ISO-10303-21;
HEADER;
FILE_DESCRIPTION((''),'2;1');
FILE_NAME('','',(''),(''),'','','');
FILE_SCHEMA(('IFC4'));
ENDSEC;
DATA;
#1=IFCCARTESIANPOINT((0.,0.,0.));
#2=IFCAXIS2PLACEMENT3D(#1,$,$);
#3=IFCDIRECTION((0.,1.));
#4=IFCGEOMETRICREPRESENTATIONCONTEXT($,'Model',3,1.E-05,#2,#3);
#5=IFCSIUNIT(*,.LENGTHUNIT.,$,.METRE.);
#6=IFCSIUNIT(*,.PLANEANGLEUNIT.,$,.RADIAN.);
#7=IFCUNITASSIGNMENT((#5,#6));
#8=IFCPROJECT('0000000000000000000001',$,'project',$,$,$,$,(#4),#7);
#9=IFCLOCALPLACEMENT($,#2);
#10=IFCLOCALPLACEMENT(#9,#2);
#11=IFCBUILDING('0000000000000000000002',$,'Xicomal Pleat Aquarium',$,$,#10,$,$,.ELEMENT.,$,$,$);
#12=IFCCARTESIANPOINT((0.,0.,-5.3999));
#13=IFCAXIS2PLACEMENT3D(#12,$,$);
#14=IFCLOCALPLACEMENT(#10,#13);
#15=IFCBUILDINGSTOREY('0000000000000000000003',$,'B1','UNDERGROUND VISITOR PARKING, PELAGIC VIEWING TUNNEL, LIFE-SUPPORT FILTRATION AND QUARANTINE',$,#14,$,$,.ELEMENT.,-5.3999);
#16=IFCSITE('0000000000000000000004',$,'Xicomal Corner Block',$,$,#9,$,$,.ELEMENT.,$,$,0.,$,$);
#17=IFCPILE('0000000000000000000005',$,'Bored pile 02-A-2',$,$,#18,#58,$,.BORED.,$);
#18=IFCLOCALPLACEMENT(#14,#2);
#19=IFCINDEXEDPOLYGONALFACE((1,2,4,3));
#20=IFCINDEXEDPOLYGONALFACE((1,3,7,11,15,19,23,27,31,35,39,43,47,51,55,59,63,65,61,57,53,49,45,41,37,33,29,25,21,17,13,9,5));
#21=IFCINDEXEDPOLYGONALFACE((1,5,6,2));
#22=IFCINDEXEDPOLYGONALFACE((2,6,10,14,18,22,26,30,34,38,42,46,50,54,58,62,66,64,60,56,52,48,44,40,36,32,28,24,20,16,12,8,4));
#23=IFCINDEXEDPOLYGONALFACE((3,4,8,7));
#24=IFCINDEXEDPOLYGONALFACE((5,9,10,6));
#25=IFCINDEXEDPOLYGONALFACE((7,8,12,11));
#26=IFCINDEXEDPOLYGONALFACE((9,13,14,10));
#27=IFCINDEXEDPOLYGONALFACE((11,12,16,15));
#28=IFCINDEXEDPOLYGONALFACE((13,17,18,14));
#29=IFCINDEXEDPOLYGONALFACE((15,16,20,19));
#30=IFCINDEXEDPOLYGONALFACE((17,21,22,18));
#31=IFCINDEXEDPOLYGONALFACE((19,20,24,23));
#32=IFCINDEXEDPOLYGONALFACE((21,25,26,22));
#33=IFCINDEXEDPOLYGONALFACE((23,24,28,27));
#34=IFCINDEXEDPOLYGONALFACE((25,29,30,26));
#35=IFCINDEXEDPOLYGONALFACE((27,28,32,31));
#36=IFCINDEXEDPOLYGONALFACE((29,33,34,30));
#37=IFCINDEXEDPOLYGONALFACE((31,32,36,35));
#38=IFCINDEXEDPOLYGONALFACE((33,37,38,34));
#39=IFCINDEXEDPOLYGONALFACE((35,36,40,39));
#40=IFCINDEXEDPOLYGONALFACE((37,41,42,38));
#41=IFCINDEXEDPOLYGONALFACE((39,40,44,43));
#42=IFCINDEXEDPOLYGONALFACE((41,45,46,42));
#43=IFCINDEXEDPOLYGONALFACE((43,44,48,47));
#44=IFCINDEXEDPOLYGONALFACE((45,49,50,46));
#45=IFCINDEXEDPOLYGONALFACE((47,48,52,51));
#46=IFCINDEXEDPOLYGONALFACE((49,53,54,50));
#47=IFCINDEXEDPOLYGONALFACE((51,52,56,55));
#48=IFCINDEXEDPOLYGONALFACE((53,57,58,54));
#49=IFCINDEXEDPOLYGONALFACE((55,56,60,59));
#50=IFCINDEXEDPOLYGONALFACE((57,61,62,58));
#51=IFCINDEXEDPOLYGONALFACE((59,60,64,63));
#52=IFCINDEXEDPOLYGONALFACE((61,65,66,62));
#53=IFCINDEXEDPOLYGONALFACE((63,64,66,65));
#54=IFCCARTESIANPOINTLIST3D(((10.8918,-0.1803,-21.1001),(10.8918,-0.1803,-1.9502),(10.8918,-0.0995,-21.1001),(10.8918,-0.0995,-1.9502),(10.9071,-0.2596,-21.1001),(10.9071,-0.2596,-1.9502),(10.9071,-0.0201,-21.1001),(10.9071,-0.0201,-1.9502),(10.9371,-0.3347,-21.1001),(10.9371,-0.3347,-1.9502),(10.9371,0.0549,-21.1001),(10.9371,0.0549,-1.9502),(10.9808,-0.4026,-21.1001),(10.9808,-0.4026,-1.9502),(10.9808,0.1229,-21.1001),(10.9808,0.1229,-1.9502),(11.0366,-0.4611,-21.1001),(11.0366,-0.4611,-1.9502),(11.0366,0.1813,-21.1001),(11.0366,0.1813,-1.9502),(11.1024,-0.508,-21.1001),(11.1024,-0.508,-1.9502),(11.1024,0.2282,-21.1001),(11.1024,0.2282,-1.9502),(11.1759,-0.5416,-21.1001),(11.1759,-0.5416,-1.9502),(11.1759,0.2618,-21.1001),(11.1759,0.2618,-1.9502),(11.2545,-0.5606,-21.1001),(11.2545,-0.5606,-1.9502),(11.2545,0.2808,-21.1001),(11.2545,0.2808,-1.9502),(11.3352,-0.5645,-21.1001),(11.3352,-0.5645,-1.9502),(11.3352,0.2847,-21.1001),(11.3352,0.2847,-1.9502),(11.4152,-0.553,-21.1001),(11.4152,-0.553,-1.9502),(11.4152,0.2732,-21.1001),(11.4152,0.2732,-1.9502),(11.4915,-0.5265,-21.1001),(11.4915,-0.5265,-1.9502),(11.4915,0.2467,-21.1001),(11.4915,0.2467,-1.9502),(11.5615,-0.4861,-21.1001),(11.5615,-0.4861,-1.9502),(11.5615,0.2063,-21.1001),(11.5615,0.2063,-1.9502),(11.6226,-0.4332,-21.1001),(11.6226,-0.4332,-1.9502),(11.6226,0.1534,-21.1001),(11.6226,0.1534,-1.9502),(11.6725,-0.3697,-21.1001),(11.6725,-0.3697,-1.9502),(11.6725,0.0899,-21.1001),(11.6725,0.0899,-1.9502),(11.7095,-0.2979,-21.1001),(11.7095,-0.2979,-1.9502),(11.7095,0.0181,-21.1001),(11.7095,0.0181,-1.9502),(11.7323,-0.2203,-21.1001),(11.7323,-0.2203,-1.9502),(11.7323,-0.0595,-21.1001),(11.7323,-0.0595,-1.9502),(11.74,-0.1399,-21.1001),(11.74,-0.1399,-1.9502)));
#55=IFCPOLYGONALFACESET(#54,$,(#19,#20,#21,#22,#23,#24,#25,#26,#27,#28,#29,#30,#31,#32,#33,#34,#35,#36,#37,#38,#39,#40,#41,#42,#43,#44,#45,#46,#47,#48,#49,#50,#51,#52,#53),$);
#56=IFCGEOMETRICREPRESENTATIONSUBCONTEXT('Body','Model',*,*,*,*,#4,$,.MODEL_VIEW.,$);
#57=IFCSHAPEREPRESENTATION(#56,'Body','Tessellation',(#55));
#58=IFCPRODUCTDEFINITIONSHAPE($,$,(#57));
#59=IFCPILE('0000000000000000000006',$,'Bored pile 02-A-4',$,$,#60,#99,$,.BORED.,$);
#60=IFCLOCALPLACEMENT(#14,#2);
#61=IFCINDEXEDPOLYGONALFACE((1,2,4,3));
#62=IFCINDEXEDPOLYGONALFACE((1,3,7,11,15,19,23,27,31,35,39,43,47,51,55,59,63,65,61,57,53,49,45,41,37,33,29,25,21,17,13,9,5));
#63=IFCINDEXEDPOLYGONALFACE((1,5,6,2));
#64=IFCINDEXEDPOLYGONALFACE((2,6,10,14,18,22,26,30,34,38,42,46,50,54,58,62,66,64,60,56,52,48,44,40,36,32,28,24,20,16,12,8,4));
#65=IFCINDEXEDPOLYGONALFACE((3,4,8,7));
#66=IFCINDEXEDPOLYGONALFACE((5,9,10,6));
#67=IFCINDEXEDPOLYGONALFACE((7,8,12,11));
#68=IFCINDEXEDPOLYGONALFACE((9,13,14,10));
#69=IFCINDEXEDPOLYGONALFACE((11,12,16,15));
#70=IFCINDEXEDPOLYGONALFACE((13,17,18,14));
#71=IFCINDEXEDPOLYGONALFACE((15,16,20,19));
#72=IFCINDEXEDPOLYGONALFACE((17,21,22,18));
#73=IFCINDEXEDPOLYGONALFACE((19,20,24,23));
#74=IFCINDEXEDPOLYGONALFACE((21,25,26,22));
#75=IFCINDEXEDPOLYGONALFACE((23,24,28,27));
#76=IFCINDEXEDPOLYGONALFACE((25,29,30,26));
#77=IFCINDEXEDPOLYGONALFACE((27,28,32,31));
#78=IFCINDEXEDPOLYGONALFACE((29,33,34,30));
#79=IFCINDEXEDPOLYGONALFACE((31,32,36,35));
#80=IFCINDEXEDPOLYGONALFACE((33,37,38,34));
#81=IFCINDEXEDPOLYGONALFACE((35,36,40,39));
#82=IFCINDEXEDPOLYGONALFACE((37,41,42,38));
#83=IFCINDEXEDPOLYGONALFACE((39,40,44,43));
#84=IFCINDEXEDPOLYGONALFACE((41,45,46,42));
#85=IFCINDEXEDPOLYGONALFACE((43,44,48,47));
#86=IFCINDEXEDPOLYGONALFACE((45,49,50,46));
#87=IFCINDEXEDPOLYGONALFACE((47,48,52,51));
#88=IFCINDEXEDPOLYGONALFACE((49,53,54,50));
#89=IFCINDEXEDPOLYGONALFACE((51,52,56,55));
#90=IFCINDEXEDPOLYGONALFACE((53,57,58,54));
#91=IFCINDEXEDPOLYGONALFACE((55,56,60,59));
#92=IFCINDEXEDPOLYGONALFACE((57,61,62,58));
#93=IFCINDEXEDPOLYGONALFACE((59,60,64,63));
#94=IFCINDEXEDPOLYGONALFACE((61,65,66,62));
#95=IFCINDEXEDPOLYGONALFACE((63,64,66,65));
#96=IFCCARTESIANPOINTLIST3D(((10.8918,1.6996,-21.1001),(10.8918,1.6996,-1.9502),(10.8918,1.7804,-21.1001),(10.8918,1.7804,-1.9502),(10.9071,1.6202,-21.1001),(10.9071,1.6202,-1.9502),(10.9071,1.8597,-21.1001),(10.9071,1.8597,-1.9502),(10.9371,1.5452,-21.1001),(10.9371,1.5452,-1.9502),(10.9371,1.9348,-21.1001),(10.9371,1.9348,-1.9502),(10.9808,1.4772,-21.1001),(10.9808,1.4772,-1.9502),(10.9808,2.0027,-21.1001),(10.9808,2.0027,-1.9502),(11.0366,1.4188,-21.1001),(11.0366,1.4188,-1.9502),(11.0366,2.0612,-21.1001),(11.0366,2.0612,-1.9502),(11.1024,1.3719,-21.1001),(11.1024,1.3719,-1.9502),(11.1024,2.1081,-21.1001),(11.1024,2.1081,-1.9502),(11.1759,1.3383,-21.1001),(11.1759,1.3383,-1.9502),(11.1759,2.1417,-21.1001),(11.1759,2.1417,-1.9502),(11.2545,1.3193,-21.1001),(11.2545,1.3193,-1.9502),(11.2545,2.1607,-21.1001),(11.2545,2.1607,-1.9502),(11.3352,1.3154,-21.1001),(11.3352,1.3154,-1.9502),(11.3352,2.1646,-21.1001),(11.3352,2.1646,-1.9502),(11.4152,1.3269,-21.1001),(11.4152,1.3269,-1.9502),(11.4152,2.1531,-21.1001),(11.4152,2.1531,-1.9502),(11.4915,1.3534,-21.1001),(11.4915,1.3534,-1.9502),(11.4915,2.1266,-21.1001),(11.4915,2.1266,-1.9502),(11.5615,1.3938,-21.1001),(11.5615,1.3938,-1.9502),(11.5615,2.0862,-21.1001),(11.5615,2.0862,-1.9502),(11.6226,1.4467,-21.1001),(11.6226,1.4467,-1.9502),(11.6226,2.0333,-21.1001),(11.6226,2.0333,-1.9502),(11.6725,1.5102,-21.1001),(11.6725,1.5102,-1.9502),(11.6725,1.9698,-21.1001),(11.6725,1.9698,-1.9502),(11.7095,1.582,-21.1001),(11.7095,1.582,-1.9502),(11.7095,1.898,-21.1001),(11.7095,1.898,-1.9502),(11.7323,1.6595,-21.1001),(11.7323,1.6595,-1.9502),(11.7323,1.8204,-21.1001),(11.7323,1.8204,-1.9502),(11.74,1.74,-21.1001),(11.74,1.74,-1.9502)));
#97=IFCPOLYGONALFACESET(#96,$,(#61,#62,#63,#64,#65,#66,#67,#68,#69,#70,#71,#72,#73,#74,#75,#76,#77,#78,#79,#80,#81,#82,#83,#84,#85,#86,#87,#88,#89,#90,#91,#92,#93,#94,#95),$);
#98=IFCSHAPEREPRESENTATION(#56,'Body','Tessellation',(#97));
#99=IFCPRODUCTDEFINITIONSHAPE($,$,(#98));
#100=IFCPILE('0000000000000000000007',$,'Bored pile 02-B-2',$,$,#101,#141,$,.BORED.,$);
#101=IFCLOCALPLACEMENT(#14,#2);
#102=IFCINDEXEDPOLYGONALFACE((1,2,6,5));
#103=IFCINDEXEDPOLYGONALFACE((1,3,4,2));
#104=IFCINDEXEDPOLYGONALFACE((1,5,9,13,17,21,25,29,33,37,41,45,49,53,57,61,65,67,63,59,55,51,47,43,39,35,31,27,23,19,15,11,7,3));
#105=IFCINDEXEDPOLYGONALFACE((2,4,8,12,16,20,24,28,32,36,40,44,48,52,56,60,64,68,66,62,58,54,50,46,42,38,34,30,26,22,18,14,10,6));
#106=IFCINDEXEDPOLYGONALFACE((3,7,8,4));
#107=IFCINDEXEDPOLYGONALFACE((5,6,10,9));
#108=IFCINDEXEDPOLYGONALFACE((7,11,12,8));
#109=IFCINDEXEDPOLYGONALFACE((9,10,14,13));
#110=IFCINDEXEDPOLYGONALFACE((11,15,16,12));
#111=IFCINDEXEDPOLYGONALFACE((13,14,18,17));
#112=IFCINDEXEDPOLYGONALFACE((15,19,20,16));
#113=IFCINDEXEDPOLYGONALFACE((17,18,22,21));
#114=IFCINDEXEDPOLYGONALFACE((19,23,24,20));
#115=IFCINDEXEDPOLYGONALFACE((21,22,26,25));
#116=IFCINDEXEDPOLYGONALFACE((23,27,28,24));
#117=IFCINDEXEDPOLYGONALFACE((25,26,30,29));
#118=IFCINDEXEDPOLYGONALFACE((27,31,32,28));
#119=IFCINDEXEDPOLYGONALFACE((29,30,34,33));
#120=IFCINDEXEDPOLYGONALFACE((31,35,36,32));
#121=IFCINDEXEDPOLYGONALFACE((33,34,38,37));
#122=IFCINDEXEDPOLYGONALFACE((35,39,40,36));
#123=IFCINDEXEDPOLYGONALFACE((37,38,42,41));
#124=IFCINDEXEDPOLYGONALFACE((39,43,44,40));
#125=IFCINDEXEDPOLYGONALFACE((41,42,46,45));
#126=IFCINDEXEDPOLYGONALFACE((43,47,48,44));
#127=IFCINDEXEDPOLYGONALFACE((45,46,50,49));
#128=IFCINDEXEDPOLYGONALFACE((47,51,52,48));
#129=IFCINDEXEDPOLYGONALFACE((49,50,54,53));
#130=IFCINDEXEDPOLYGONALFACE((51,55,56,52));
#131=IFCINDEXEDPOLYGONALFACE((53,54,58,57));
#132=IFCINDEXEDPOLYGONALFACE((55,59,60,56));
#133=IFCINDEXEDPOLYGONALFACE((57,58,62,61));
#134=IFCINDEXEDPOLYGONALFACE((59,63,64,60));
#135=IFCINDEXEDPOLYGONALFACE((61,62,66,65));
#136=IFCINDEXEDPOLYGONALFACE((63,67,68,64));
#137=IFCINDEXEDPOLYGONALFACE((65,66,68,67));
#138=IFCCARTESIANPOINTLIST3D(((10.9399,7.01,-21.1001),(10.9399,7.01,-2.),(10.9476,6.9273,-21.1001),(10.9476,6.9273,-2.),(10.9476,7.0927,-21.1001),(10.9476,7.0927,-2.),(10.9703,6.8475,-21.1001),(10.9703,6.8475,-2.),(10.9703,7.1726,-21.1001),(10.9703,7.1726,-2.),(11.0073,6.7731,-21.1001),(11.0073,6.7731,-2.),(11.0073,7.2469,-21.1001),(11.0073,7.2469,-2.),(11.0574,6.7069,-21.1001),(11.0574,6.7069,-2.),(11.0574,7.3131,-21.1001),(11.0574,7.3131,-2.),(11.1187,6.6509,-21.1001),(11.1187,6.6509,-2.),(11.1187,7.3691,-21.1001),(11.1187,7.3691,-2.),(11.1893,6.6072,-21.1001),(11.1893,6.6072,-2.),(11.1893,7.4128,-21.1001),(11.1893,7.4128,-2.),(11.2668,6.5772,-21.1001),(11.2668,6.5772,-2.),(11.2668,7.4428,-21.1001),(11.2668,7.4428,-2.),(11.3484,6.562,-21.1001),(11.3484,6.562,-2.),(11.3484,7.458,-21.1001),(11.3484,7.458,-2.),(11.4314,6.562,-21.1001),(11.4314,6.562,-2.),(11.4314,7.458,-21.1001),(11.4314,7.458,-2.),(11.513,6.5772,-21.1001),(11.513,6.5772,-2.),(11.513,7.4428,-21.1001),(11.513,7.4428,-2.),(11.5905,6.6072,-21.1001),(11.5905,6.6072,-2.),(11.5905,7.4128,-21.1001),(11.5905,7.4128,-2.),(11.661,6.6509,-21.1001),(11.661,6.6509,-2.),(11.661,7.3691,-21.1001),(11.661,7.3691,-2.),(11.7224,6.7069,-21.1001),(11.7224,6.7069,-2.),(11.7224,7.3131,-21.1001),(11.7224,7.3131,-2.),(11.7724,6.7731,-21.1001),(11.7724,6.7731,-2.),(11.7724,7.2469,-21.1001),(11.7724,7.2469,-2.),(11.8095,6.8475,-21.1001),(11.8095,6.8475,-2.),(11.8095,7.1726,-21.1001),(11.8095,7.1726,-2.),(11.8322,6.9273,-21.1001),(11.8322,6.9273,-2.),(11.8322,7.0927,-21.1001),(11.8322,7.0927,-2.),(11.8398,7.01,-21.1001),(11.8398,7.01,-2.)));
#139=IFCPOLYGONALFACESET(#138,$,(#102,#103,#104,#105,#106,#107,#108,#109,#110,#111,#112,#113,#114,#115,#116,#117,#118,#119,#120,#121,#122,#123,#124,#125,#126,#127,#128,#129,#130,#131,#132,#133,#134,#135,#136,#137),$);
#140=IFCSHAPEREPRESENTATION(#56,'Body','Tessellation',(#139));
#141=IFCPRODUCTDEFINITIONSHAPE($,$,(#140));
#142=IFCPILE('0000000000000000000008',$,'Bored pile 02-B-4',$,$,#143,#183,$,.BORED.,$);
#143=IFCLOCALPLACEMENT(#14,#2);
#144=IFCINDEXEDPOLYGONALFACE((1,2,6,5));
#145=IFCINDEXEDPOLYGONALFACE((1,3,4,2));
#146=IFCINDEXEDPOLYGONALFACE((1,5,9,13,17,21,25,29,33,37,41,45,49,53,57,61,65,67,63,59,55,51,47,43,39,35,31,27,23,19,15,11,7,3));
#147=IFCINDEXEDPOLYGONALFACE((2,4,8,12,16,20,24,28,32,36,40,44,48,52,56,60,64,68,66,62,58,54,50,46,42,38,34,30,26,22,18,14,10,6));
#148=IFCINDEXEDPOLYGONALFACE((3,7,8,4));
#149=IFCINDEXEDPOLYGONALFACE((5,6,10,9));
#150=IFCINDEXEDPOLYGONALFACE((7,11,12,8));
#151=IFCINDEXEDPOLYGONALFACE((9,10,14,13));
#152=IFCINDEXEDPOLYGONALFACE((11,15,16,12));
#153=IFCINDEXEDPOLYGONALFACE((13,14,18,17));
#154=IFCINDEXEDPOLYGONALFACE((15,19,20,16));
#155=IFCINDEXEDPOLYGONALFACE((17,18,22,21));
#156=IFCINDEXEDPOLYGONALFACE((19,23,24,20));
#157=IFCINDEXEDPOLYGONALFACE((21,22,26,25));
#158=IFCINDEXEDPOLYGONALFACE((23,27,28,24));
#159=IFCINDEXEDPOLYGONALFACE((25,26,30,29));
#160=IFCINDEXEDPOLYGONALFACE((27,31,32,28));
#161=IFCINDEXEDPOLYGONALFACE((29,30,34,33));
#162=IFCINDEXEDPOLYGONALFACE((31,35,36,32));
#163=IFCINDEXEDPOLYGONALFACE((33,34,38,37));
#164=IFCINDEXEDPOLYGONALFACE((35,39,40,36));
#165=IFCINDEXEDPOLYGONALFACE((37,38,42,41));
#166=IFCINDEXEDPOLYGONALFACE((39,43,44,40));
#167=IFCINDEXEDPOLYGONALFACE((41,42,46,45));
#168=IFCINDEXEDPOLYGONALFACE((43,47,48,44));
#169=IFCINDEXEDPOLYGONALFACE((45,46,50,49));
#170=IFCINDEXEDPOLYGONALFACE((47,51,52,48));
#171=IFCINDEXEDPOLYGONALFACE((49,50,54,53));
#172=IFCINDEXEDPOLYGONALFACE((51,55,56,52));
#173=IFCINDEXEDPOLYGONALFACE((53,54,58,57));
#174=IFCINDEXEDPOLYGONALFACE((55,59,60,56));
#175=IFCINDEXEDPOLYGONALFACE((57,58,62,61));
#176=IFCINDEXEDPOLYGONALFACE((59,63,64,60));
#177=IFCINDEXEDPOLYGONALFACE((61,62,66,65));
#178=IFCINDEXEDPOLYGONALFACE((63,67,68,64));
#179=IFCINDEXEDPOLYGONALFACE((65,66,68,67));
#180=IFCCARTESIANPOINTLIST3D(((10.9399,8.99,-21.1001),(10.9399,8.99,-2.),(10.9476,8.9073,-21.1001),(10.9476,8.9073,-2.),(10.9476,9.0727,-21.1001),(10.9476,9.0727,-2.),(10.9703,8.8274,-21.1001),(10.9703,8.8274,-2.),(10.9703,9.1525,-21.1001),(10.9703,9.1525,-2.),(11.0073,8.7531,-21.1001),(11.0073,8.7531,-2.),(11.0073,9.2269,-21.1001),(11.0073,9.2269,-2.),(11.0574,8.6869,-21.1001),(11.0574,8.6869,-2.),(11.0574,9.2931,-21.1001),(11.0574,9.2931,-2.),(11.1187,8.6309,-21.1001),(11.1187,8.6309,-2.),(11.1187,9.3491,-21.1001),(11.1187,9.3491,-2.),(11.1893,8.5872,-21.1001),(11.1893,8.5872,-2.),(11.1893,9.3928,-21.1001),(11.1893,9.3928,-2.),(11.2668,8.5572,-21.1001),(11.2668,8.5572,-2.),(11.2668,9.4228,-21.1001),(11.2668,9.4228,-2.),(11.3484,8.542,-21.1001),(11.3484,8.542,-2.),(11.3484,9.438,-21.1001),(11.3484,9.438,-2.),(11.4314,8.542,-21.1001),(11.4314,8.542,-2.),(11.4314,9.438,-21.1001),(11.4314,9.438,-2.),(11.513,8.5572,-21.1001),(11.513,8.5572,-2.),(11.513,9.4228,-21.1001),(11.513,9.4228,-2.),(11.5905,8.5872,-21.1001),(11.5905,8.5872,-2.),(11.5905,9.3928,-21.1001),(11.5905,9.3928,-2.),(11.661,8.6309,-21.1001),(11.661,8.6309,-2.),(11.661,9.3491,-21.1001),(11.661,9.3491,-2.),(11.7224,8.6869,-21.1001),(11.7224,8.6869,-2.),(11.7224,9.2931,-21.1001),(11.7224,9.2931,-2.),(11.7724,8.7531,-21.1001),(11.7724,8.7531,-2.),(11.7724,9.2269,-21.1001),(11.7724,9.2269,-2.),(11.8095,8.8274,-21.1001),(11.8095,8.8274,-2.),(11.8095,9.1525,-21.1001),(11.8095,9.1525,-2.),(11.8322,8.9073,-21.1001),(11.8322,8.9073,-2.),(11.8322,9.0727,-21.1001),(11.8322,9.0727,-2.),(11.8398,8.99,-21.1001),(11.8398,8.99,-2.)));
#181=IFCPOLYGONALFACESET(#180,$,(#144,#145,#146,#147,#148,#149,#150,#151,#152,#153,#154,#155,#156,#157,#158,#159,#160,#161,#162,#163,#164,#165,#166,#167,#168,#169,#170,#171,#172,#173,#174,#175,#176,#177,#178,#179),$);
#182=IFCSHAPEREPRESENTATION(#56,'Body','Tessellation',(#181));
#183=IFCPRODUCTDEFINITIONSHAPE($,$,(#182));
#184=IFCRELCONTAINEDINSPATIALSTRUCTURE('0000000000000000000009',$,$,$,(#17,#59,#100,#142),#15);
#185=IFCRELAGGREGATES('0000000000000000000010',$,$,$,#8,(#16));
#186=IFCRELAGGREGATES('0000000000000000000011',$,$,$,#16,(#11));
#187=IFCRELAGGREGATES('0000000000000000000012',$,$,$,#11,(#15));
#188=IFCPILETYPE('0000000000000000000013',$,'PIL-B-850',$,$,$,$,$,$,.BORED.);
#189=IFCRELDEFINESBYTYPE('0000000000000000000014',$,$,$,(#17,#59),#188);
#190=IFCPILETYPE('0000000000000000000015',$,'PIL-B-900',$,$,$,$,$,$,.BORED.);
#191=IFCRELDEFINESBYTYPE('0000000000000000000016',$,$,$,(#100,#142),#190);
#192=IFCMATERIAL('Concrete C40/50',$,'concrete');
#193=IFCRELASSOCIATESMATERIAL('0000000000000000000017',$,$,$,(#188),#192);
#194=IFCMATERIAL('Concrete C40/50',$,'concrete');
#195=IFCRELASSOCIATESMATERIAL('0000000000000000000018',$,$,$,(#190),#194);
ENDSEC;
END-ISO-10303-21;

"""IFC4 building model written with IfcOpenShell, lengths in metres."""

from ifc_helpers import new_model, si_unit, direction, frame, origin, origin_2d, place, context, subcontext, project, spatial, circle, extrude, material, material_profile, profile_set, type_object, element, save


model = new_model("IFC4")

# Units and contexts
model_context = context("Model", 3, precision=1e-05, world=origin(), true_north=direction((0.0, 1.0)))
body_context = subcontext(model_context, "Body", "Model", "MODEL_VIEW")
ifc_project = project(units=[si_unit("LENGTHUNIT", "METRE"), si_unit("PLANEANGLEUNIT", "RADIAN")], contexts=[model_context])

# Site, building, storey
site_placement = place(None, origin())
site = spatial("IfcSite", under=ifc_project, at=site_placement, Name="Xicomal Corner Block", CompositionType="ELEMENT", RefElevation=0.0)
building_placement = place(site_placement, origin())
building = spatial("IfcBuilding", under=site, at=building_placement, Name="Xicomal Pleat Aquarium", CompositionType="ELEMENT")
storey_placement = place(building_placement, frame((0.0, 0.0, -5.3999)))
storey = spatial("IfcBuildingStorey", under=building, at=storey_placement, Name="B1", Description="UNDERGROUND VISITOR PARKING, PELAGIC VIEWING TUNNEL, LIFE-SUPPORT FILTRATION AND QUARANTINE", CompositionType="ELEMENT", Elevation=-5.3999)

# Piles
ifc_material_1 = material(Name="Concrete C40/50", Category="concrete")
ifc_material_profile_1 = material_profile(ifc_material_1, circle(Radius=0.425, at=origin_2d()), Name="BORED PILE D850")
ifc_profile_set_1 = profile_set([ifc_material_profile_1], Name="Concrete C40/50")
pile_type_1 = type_object("IfcPileType", Name="PIL-B-850", PredefinedType="BORED", material=ifc_profile_set_1)
for number, where, z_axis, x_axis, name in (
    (1, (11.3149, -0.1399, -1.9502), (0.0, 0.0, -1.0), (1.0, 0.0, 0.0), "Bored pile 02-A-2"),
    (2, (11.3149, 1.74, -1.9502), (0.0, 0.0, -1.0), (1.0, 0.0, 0.0), "Bored pile 02-A-4"),
):
    element("IfcPile", number, at=place(storey_placement, frame(where, z_axis=z_axis, x_axis=x_axis)), inside=storey, type_object=pile_type_1, Name=name, PredefinedType="BORED", context=body_context, shape_type="SweptSolid", body=[
        extrude(circle(Radius=0.425, at=origin_2d()), origin(), (0.0, 0.0, 1.0), 19.1499),
    ])
ifc_material_2 = material(Name="Concrete C40/50", Category="concrete")
ifc_material_profile_2 = material_profile(ifc_material_2, circle(Radius=0.45, at=origin_2d()), Name="BORED PILE D900")
ifc_profile_set_2 = profile_set([ifc_material_profile_2], Name="Concrete C40/50")
pile_type_2 = type_object("IfcPileType", Name="PIL-B-900", PredefinedType="BORED", material=ifc_profile_set_2)
for number, where, z_axis, x_axis, name in (
    (3, (11.3899, 7.01, -2.0), (0.0, 0.0, -1.0), (1.0, 0.0, 0.0), "Bored pile 02-B-2"),
    (4, (11.3899, 8.99, -2.0), (0.0, 0.0, -1.0), (1.0, 0.0, 0.0), "Bored pile 02-B-4"),
):
    element("IfcPile", number, at=place(storey_placement, frame(where, z_axis=z_axis, x_axis=x_axis)), inside=storey, type_object=pile_type_2, Name=name, PredefinedType="BORED", context=body_context, shape_type="SweptSolid", body=[
        extrude(circle(Radius=0.45, at=origin_2d()), origin(), (0.0, 0.0, 1.0), 19.1001),
    ])

save(model, "model.ifc")
